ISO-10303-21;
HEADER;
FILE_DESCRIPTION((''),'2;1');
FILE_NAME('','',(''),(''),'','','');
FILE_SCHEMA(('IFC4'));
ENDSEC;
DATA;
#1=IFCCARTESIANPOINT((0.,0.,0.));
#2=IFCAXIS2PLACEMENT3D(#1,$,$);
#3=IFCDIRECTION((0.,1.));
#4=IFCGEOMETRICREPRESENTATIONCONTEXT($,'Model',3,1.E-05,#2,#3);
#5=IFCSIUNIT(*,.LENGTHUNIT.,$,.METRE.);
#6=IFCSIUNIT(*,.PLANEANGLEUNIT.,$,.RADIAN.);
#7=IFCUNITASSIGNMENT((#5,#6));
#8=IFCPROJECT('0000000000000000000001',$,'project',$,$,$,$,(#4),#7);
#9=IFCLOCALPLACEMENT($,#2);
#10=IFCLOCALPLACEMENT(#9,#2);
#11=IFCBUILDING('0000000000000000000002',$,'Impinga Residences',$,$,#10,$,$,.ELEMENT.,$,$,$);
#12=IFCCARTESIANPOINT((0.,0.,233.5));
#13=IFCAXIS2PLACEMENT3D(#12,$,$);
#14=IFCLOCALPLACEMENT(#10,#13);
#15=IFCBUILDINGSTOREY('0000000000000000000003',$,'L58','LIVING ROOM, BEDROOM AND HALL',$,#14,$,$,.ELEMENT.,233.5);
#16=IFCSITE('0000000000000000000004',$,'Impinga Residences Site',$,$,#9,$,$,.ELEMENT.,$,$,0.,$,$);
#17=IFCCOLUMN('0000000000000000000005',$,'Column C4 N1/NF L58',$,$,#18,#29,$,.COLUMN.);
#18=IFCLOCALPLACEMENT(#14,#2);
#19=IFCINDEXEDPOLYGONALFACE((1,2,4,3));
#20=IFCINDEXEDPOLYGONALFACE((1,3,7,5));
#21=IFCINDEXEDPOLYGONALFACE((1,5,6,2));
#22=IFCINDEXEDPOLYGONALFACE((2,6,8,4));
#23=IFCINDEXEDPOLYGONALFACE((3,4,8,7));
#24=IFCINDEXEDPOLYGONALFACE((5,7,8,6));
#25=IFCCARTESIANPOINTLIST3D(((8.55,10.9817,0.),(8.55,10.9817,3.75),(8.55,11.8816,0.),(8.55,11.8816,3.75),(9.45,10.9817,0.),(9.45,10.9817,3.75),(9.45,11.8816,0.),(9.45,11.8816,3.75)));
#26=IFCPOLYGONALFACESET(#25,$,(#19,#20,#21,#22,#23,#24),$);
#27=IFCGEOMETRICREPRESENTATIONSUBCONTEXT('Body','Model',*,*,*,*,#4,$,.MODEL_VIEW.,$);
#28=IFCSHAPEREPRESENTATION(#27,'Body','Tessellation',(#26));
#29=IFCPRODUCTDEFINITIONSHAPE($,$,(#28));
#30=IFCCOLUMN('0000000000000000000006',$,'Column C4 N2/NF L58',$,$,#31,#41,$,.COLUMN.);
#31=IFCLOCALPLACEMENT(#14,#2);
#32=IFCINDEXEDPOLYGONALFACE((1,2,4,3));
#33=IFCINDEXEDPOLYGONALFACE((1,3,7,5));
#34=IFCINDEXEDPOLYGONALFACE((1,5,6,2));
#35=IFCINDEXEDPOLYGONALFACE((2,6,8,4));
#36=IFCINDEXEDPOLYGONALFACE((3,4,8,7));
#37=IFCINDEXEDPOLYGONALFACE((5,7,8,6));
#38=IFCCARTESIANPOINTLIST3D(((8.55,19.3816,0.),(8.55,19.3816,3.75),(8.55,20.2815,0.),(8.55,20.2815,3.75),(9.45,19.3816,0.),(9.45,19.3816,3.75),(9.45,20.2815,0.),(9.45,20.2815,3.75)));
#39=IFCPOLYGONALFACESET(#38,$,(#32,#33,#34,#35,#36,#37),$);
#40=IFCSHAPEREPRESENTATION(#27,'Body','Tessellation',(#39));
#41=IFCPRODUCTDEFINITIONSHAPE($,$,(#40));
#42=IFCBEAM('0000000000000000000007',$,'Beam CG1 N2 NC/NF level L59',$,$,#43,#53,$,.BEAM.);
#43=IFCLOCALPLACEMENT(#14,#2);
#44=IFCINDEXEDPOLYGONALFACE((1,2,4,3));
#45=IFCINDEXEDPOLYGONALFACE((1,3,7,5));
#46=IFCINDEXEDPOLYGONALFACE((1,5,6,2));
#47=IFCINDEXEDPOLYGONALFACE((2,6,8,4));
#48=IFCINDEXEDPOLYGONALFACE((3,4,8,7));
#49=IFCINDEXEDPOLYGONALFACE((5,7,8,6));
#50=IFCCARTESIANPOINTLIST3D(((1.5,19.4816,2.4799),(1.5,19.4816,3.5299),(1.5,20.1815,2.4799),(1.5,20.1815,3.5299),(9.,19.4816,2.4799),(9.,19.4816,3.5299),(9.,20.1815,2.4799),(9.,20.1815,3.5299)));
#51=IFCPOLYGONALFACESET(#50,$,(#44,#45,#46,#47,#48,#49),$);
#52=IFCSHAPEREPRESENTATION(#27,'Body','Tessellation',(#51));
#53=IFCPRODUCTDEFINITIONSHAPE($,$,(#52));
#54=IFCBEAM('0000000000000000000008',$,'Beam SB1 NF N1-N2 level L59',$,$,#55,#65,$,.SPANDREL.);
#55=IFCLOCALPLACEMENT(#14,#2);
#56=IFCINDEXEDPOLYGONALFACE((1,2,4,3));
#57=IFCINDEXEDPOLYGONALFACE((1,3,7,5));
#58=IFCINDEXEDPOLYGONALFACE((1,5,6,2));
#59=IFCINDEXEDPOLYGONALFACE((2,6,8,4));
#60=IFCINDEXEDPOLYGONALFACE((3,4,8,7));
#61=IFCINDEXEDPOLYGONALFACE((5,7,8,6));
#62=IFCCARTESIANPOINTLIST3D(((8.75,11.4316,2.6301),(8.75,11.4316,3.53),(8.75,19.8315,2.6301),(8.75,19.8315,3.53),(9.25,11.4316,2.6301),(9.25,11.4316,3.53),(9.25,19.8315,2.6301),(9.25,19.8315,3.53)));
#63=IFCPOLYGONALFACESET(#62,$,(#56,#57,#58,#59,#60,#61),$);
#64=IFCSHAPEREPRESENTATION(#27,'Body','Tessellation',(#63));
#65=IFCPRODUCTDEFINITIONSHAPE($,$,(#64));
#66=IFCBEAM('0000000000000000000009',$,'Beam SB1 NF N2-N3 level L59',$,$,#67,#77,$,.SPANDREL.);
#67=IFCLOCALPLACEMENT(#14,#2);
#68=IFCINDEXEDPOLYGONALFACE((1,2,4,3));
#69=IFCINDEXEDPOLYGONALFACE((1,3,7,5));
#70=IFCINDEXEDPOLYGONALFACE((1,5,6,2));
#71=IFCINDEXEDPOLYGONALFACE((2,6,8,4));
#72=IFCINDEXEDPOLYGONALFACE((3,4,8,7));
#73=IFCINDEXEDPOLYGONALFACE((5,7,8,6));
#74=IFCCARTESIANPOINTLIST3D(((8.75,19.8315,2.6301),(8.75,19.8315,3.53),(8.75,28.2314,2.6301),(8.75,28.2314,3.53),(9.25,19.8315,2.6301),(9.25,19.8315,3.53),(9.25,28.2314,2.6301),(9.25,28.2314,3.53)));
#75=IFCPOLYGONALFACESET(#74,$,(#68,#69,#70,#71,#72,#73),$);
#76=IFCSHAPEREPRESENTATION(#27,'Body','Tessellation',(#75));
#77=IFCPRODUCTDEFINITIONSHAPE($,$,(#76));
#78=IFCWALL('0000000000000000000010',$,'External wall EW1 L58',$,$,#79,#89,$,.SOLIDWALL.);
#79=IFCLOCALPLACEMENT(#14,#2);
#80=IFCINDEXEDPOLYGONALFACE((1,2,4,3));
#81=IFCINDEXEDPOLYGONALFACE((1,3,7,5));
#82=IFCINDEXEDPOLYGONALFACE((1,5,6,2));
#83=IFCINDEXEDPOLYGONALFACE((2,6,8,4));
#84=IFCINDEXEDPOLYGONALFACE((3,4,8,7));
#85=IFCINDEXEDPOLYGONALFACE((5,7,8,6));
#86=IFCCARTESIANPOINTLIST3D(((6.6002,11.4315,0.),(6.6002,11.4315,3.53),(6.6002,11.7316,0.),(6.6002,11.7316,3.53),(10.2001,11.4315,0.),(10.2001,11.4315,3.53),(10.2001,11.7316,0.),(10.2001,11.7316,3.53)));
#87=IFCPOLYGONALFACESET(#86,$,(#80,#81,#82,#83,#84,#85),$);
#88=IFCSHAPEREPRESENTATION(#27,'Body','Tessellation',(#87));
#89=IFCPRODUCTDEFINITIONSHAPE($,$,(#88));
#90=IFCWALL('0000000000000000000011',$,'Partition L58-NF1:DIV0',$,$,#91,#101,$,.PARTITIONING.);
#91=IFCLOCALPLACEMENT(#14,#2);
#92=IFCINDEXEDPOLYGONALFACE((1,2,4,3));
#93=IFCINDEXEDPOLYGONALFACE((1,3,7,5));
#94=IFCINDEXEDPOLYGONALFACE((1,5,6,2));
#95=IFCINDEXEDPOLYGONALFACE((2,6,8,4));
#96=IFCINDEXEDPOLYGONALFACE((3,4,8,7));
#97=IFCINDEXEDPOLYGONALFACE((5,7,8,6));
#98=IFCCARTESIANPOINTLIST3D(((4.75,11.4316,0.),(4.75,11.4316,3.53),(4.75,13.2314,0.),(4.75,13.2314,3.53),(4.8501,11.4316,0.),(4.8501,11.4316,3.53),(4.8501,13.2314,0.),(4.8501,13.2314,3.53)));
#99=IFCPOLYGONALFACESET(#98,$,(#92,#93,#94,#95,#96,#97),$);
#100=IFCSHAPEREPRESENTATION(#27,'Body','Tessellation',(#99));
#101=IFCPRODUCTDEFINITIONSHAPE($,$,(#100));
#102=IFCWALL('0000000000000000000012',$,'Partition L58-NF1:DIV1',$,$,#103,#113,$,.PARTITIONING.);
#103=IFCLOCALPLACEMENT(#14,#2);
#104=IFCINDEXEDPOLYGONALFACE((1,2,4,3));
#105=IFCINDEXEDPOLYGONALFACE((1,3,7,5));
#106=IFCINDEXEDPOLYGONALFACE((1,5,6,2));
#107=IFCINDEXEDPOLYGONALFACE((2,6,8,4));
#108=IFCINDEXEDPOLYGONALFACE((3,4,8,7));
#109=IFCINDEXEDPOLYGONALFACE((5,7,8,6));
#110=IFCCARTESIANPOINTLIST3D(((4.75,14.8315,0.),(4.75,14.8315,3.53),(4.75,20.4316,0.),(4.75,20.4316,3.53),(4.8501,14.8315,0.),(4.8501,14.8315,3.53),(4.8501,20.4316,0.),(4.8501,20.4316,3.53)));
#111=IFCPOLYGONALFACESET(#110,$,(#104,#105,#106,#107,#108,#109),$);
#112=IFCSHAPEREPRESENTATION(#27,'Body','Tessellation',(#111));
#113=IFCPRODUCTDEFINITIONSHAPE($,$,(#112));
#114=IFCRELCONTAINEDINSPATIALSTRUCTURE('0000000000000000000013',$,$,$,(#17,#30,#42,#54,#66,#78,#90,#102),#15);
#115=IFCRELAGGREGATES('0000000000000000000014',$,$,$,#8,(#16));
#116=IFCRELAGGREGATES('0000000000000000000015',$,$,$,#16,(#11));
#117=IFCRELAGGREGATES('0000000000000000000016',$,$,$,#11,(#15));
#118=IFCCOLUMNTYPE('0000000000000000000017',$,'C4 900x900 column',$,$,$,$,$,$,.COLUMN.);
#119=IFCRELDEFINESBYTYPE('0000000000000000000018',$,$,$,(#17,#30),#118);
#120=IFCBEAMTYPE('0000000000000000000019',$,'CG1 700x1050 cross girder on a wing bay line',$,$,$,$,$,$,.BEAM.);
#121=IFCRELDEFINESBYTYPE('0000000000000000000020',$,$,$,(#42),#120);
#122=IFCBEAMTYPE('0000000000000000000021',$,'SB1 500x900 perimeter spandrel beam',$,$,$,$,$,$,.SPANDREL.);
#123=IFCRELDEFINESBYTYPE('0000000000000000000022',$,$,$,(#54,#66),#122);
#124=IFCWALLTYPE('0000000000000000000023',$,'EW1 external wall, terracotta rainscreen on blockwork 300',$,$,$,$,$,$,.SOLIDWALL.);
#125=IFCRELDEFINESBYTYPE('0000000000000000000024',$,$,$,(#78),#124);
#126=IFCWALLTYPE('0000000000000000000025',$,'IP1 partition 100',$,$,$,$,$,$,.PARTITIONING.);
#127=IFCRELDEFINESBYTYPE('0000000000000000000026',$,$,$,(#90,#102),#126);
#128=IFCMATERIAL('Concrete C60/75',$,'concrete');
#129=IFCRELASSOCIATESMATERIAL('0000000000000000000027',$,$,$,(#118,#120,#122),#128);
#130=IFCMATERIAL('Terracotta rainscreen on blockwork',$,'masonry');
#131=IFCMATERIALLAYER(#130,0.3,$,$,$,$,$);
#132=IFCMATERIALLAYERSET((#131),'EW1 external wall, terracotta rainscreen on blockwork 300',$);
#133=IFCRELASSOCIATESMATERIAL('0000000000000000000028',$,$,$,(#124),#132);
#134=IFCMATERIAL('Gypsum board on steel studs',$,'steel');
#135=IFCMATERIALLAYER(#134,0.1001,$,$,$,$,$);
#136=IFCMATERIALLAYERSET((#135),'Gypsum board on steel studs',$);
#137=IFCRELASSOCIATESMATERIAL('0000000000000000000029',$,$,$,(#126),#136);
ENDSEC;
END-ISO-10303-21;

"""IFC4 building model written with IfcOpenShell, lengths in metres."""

from ifc_helpers import new_model, si_unit, direction, frame, frame_2d, origin, origin_2d, place, context, subcontext, project, spatial, rectangle, extrude, material, layer, layer_set, material_profile, profile_set, type_object, element, save


model = new_model("IFC4")

# Units and contexts
model_context = context("Model", 3, precision=1e-05, world=origin(), true_north=direction((0.0, 1.0)))
body_context = subcontext(model_context, "Body", "Model", "MODEL_VIEW")
ifc_project = project(units=[si_unit("LENGTHUNIT", "METRE"), si_unit("PLANEANGLEUNIT", "RADIAN")], contexts=[model_context])

# Site, building, storey
site_placement = place(None, origin())
site = spatial("IfcSite", under=ifc_project, at=site_placement, Name="Impinga Residences Site", CompositionType="ELEMENT", RefElevation=0.0)
building_placement = place(site_placement, origin())
building = spatial("IfcBuilding", under=site, at=building_placement, Name="Impinga Residences", CompositionType="ELEMENT")
storey_placement = place(building_placement, frame((0.0, 0.0, 233.5)))
storey = spatial("IfcBuildingStorey", under=building, at=storey_placement, Name="L58", Description="LIVING ROOM, BEDROOM AND HALL", CompositionType="ELEMENT", Elevation=233.5)

# Columns
ifc_material_1 = material(Name="Concrete C60/75", Category="concrete")
ifc_material_profile_1 = material_profile(ifc_material_1, rectangle(XDim=0.8999, YDim=0.8999, at=origin_2d()), Name="RC 900x900")
ifc_profile_set_1 = profile_set([ifc_material_profile_1], Name="Concrete C60/75")
column_type = type_object("IfcColumnType", Name="C4 900x900 column", PredefinedType="COLUMN", material=ifc_profile_set_1)
for number, where, z_axis, x_axis, name in (
    (1, (9.0, 11.4316, 0.0), (0.0, 0.0, 1.0), (1.0, 0.0, 0.0), "Column C4 N1/NF L58"),
    (2, (9.0, 19.8315, 0.0), (0.0, 0.0, 1.0), (1.0, 0.0, 0.0), "Column C4 N2/NF L58"),
):
    element("IfcColumn", number, at=place(storey_placement, frame(where, z_axis=z_axis, x_axis=x_axis)), inside=storey, type_object=column_type, Name=name, PredefinedType="COLUMN", context=body_context, shape_type="SweptSolid", body=[
        extrude(rectangle(XDim=0.8999, YDim=0.8999, at=origin_2d()), origin(), (0.0, 0.0, 1.0), 3.75),
    ])

# Beams
ifc_material_profile_2 = material_profile(ifc_material_1, rectangle(XDim=0.7, YDim=1.05, at=origin_2d()), Name="RC 700x1050")
ifc_profile_set_2 = profile_set([ifc_material_profile_2], Name="Concrete C60/75")
beam_type_1 = type_object("IfcBeamType", Name="CG1 700x1050 cross girder on a wing bay line", PredefinedType="BEAM", material=ifc_profile_set_2)
beam_placement = place(storey_placement, frame((1.5, 19.8315, 3.0049), z_axis=(1.0, 0.0, 0.0), x_axis=(0.0, 1.0, 0.0)))
element("IfcBeam", 3, at=beam_placement, inside=storey, type_object=beam_type_1, Name="Beam CG1 N2 NC/NF level L59", PredefinedType="BEAM", context=body_context, shape_type="SweptSolid", body=[
    extrude(rectangle(XDim=0.7, YDim=1.05, at=origin_2d()), origin(), (0.0, 0.0, 1.0), 7.5),
])
ifc_material_profile_3 = material_profile(ifc_material_1, rectangle(XDim=0.5, YDim=0.8999, at=origin_2d()), Name="RC 500x900")
ifc_profile_set_3 = profile_set([ifc_material_profile_3], Name="Concrete C60/75")
beam_type_2 = type_object("IfcBeamType", Name="SB1 500x900 perimeter spandrel beam", PredefinedType="SPANDREL", material=ifc_profile_set_3)
for number, where, z_axis, x_axis, name in (
    (4, (9.0, 11.4316, 3.0801), (0.0, 1.0, 0.0), (-1.0, 0.0, 0.0), "Beam SB1 NF N1-N2 level L59"),
    (5, (9.0, 19.8315, 3.0801), (0.0, 1.0, 0.0), (-1.0, 0.0, 0.0), "Beam SB1 NF N2-N3 level L59"),
):
    element("IfcBeam", number, at=place(storey_placement, frame(where, z_axis=z_axis, x_axis=x_axis)), inside=storey, type_object=beam_type_2, Name=name, PredefinedType="SPANDREL", context=body_context, shape_type="SweptSolid", body=[
        extrude(rectangle(XDim=0.5, YDim=0.8999, at=origin_2d()), origin(), (0.0, 0.0, 1.0), 8.3999),
    ])

# Walls
ifc_material_2 = material(Name="Terracotta rainscreen on blockwork", Category="masonry")
ifc_layer_1 = layer(ifc_material_2, 0.3)
ifc_layer_set_1 = layer_set([ifc_layer_1], Name="EW1 external wall, terracotta rainscreen on blockwork 300")
wall_type_1 = type_object("IfcWallType", Name="EW1 external wall, terracotta rainscreen on blockwork 300", PredefinedType="SOLIDWALL", material=ifc_layer_set_1)
wall_1_placement = place(storey_placement, frame((10.2, 11.5815, 0.0), z_axis=(0.0, 0.0, 1.0), x_axis=(-1.0, 0.0, 0.0)))
element("IfcWall", 6, at=wall_1_placement, inside=storey, type_object=wall_type_1, Name="External wall EW1 L58", PredefinedType="SOLIDWALL", context=body_context, shape_type="SweptSolid", body=[
    extrude(rectangle(XDim=3.5999, YDim=0.3, at=frame_2d((1.7998, 0.0))), origin(), (0.0, 0.0, 1.0), 3.53),
])
ifc_material_3 = material(Name="Gypsum board on steel studs", Category="steel")
ifc_layer_2 = layer(ifc_material_3, 0.1001)
ifc_layer_set_2 = layer_set([ifc_layer_2], Name="Gypsum board on steel studs")
wall_type_2 = type_object("IfcWallType", Name="IP1 partition 100", PredefinedType="PARTITIONING", material=ifc_layer_set_2)
wall_2_placement = place(storey_placement, frame((4.8, 11.4316, 0.0), z_axis=(0.0, 0.0, 1.0), x_axis=(0.0, 1.0, 0.0)))
element("IfcWall", 7, at=wall_2_placement, inside=storey, type_object=wall_type_2, Name="Partition L58-NF1:DIV0", PredefinedType="PARTITIONING", context=body_context, shape_type="SweptSolid", body=[
    extrude(rectangle(XDim=1.7998, YDim=0.1001, at=frame_2d((0.8999, 0.0))), origin(), (0.0, 0.0, 1.0), 3.53),
])
wall_3_placement = place(storey_placement, frame((4.8, 14.8315, 0.0), z_axis=(0.0, 0.0, 1.0), x_axis=(0.0, 1.0, 0.0)))
element("IfcWall", 8, at=wall_3_placement, inside=storey, type_object=wall_type_2, Name="Partition L58-NF1:DIV1", PredefinedType="PARTITIONING", context=body_context, shape_type="SweptSolid", body=[
    extrude(rectangle(XDim=5.6001, YDim=0.1001, at=frame_2d((2.8, 0.0))), origin(), (0.0, 0.0, 1.0), 3.53),
])

save(model, "model.ifc")
